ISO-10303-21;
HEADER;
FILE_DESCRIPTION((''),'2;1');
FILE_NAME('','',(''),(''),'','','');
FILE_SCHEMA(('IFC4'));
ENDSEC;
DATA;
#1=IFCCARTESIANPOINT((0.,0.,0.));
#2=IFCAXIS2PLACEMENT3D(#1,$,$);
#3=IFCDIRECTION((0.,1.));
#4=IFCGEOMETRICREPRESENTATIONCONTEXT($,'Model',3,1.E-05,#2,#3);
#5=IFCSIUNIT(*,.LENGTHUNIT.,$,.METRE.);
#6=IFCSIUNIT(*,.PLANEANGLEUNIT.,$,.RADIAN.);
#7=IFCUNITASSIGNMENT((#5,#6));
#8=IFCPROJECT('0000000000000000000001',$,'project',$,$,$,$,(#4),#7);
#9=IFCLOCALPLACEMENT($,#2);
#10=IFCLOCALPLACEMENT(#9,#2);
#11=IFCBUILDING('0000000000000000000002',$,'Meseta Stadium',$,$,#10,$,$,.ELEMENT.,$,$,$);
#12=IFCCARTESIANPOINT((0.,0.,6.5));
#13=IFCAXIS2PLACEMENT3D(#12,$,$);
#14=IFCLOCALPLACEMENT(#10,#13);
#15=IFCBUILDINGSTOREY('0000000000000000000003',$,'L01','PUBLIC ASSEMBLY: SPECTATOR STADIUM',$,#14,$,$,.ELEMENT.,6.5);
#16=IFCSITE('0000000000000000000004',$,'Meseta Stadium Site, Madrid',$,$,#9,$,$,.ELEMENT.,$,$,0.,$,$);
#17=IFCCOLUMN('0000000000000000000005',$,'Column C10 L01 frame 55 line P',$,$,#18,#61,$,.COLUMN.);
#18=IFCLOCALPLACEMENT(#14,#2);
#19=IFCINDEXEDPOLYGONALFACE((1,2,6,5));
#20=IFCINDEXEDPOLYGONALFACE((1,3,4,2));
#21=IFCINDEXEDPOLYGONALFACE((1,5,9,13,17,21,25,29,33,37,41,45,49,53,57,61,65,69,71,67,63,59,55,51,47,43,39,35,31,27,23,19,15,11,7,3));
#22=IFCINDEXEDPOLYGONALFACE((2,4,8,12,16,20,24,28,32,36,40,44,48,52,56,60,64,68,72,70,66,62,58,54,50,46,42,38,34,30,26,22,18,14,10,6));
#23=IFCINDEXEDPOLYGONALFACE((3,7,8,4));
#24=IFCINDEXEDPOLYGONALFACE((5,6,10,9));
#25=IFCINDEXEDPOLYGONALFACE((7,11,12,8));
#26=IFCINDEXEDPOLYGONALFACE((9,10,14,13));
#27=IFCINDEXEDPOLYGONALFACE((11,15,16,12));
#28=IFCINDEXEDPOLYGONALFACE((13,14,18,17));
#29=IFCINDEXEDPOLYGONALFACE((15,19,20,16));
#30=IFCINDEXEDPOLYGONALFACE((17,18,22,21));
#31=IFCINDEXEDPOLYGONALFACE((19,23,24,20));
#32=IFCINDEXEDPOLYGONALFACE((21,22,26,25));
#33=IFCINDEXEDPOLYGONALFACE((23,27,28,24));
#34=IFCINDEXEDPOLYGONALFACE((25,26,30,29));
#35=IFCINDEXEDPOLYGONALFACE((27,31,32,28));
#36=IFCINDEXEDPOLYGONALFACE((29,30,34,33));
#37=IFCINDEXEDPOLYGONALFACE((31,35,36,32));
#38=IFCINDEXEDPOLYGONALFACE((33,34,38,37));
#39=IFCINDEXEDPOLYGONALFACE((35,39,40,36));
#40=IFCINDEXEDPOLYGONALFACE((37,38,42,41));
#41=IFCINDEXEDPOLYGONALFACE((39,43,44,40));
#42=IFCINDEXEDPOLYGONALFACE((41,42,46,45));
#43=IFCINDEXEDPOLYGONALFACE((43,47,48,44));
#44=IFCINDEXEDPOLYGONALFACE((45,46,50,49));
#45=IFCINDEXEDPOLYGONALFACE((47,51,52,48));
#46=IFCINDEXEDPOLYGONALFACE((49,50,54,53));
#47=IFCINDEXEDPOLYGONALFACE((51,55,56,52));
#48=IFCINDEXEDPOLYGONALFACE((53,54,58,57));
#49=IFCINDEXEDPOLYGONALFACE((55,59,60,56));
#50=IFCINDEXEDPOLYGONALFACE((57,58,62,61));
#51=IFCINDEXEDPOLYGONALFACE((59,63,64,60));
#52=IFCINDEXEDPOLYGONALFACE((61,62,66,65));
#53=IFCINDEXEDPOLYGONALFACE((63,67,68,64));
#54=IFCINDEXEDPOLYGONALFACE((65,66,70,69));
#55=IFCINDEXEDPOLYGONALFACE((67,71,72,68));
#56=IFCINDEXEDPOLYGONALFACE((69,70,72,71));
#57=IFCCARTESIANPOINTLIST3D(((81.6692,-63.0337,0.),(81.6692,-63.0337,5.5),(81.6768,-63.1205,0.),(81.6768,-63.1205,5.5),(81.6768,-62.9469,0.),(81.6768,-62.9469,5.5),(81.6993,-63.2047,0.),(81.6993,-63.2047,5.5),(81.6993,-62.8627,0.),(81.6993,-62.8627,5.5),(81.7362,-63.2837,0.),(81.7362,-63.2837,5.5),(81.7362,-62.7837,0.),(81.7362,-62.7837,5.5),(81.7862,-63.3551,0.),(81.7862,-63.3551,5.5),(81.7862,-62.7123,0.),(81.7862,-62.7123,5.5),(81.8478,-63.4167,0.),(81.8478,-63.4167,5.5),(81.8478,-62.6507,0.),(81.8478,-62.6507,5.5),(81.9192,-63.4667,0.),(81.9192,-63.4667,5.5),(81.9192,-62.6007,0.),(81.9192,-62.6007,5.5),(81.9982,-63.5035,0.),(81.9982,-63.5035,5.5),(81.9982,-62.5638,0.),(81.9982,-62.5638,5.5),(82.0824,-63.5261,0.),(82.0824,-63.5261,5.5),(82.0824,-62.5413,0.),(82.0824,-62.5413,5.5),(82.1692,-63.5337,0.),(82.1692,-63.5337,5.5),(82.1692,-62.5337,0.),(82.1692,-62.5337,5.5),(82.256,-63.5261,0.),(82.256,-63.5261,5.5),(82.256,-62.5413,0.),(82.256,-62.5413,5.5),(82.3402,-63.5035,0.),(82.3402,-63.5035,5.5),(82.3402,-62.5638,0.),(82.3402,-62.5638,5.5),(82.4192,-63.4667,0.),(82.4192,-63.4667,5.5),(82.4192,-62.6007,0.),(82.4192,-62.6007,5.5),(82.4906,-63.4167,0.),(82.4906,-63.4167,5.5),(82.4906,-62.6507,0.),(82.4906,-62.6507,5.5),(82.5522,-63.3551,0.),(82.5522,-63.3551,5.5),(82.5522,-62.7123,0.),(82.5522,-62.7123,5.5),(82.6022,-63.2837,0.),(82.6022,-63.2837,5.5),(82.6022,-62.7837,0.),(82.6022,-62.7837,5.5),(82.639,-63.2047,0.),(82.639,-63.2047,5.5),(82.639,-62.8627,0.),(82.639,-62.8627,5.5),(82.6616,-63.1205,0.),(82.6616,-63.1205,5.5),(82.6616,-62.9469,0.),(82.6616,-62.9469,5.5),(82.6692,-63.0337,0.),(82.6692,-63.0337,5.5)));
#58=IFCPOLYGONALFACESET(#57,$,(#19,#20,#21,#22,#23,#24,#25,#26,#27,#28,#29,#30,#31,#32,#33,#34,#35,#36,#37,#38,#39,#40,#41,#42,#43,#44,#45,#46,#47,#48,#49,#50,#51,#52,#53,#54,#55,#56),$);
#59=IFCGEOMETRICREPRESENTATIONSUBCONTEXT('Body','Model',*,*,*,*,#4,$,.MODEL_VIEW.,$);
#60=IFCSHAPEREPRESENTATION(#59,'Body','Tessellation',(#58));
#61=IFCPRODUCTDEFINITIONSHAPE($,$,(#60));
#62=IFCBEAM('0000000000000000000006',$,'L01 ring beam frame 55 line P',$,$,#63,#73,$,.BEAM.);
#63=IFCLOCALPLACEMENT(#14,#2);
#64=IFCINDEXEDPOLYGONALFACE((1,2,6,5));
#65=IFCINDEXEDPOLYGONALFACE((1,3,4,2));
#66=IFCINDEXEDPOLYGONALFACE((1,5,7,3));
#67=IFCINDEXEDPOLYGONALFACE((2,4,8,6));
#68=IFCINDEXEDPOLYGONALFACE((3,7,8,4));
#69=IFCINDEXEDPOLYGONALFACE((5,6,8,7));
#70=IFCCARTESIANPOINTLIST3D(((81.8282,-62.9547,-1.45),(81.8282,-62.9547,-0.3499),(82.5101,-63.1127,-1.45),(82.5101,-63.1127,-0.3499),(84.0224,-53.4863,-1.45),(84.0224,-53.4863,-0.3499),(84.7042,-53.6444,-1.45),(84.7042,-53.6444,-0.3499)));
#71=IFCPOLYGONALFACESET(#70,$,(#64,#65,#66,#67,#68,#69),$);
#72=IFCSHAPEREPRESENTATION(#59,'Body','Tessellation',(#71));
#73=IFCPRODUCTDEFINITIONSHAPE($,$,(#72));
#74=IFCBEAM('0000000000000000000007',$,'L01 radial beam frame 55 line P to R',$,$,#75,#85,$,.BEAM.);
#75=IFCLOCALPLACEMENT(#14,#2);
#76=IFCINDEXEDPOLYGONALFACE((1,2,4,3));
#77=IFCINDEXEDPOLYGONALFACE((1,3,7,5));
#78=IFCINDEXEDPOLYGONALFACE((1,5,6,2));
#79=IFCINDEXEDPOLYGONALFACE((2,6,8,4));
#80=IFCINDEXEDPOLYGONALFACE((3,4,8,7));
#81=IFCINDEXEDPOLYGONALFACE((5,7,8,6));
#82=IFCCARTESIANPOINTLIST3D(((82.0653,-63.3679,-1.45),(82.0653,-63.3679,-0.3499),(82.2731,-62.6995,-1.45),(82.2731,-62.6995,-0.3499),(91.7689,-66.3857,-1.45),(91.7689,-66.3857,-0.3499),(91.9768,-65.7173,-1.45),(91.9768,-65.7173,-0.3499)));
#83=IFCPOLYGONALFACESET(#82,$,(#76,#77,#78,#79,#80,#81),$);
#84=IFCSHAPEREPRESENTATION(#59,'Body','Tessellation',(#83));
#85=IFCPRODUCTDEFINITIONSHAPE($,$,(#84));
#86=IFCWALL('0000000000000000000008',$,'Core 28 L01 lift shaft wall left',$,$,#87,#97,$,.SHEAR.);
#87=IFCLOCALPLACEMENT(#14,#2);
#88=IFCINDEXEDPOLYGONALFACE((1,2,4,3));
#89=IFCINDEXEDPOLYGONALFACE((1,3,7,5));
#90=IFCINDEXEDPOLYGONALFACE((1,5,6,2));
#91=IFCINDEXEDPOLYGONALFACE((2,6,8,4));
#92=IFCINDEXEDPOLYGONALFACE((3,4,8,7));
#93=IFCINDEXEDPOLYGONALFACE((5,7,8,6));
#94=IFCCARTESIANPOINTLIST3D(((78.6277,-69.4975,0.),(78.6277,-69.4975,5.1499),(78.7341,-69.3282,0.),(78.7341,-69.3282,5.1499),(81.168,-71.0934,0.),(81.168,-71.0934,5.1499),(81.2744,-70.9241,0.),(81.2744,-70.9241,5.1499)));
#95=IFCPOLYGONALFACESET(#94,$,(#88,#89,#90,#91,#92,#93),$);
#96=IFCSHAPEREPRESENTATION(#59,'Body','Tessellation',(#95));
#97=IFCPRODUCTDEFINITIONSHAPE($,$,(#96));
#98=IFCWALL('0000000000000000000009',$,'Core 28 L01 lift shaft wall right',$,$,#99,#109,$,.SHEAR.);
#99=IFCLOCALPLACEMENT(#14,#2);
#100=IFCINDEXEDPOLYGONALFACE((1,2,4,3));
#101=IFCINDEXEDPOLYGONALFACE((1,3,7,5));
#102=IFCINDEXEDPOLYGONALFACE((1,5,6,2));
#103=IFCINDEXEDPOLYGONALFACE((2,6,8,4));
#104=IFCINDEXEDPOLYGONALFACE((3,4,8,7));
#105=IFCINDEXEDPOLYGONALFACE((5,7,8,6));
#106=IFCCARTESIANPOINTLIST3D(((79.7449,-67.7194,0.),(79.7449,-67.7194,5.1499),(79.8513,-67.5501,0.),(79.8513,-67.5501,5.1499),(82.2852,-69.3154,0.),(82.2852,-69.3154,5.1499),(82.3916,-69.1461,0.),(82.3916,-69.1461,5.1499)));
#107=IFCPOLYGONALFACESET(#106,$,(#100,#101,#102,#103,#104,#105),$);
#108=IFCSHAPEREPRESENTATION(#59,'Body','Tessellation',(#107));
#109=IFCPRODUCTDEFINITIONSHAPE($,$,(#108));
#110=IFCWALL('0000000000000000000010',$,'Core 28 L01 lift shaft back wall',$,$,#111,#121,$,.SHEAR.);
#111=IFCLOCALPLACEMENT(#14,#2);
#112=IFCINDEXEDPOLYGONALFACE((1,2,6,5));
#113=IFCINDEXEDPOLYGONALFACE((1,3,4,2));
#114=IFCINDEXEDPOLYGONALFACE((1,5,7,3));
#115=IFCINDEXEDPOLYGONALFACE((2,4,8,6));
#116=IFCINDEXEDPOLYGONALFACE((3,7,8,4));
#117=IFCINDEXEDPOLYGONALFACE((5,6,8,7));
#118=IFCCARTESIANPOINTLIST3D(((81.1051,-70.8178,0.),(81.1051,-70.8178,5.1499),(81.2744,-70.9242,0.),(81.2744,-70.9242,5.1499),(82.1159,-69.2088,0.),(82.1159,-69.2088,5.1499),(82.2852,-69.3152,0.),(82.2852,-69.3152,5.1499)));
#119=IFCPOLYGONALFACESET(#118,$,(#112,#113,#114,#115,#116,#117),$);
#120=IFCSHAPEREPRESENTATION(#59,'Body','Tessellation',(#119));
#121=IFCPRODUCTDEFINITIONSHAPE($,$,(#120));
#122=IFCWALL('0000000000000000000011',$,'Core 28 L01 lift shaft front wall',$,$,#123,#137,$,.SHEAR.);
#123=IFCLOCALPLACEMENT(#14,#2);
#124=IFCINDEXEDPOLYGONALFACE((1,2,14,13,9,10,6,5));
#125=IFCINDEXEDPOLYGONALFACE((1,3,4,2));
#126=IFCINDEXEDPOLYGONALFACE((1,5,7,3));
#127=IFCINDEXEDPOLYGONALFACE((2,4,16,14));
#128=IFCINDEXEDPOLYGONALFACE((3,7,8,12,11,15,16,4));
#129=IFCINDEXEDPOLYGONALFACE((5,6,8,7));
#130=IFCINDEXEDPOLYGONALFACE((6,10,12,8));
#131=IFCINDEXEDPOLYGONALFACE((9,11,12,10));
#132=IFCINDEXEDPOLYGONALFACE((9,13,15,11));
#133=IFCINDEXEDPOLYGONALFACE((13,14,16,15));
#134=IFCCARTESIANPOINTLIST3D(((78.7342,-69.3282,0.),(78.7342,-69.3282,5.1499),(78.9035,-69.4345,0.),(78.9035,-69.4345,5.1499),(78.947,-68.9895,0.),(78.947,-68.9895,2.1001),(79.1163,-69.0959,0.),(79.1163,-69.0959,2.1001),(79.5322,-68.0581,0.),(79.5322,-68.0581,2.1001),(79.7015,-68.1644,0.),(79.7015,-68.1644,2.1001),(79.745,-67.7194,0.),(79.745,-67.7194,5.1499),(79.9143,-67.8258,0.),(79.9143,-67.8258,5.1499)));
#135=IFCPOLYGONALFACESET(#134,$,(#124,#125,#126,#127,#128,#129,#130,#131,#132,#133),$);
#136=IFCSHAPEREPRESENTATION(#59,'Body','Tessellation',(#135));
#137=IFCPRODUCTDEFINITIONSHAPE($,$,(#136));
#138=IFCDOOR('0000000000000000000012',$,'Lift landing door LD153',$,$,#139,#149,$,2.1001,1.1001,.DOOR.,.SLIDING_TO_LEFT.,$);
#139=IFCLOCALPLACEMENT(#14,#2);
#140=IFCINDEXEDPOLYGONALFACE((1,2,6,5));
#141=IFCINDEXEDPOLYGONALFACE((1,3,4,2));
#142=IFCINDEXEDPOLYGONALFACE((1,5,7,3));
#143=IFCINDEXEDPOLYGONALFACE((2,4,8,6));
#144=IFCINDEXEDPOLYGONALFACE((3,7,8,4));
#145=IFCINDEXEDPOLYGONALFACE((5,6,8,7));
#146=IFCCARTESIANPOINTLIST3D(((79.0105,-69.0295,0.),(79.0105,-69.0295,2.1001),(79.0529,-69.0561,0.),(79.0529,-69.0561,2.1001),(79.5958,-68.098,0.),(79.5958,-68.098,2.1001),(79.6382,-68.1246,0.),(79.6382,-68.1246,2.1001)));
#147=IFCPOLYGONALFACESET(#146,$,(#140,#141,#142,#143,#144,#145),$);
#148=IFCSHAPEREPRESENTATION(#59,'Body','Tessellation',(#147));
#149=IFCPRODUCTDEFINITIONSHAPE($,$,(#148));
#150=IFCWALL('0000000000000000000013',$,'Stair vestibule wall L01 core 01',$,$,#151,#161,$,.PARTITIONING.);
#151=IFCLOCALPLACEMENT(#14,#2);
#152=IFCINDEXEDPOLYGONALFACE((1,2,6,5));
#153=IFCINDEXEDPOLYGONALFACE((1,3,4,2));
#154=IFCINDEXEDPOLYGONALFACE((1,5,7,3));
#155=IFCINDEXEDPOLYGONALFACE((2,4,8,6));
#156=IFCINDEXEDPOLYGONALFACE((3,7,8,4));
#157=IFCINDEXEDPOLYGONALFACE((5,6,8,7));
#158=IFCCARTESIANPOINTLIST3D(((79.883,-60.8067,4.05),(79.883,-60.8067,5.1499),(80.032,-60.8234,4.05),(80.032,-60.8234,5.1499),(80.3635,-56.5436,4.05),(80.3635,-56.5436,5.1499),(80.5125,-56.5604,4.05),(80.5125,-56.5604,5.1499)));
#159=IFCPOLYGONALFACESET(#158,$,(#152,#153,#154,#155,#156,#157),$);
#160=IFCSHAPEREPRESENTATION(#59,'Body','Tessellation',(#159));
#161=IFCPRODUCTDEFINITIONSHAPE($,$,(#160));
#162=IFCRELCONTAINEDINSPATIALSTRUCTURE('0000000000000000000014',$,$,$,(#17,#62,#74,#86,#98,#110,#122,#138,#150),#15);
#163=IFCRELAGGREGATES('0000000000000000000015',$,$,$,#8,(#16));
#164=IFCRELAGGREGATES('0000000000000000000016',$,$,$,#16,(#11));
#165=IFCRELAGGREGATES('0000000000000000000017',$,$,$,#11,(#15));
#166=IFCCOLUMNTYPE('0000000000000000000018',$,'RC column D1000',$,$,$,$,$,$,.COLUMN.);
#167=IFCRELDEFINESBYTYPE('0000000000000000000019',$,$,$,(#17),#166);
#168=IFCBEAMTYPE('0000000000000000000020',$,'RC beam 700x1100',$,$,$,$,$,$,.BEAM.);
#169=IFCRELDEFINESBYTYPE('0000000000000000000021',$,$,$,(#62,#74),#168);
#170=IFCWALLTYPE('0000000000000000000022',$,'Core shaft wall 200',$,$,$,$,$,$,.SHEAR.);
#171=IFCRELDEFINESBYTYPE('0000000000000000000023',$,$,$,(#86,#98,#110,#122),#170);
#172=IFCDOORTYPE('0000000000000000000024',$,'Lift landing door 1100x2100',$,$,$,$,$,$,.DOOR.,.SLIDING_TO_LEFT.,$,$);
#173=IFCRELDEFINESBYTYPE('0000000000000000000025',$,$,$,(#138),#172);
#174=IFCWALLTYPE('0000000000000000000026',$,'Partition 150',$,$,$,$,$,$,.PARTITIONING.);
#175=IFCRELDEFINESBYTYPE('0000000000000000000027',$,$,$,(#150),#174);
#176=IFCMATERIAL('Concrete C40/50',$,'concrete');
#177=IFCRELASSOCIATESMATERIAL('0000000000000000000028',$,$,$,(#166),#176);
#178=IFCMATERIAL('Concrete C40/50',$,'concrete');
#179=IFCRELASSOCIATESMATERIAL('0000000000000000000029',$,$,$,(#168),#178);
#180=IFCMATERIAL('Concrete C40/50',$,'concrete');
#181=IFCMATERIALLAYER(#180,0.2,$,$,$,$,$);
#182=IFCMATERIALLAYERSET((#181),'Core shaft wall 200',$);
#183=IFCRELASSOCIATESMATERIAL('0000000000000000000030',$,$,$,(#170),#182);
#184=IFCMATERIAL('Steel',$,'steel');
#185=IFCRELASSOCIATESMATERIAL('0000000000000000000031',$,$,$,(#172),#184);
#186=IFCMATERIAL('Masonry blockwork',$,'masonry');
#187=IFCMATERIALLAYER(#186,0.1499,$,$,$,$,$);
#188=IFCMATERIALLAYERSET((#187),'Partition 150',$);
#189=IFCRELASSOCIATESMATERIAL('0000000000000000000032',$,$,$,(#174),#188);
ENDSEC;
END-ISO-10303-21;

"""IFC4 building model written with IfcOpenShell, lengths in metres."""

from ifc_helpers import new_model, si_unit, direction, frame, frame_2d, origin, origin_2d, place, context, subcontext, project, spatial, rectangle, circle, extrude, material, layer, layer_set, material_profile, profile_set, type_object, element, fill, save


model = new_model("IFC4")

# Units and contexts
model_context = context("Model", 3, precision=1e-05, world=origin(), true_north=direction((0.0, 1.0)))
body_context = subcontext(model_context, "Body", "Model", "MODEL_VIEW")
ifc_project = project(units=[si_unit("LENGTHUNIT", "METRE"), si_unit("PLANEANGLEUNIT", "RADIAN")], contexts=[model_context])

# Site, building, storey
site_placement = place(None, origin())
site = spatial("IfcSite", under=ifc_project, at=site_placement, Name="Meseta Stadium Site, Madrid", CompositionType="ELEMENT", RefElevation=0.0)
building_placement = place(site_placement, origin())
building = spatial("IfcBuilding", under=site, at=building_placement, Name="Meseta Stadium", CompositionType="ELEMENT")
storey_placement = place(building_placement, frame((0.0, 0.0, 6.5)))
storey = spatial("IfcBuildingStorey", under=building, at=storey_placement, Name="L01", Description="PUBLIC ASSEMBLY: SPECTATOR STADIUM", CompositionType="ELEMENT", Elevation=6.5)

# Column
ifc_material_1 = material(Name="Concrete C40/50", Category="concrete")
ifc_material_profile_1 = material_profile(ifc_material_1, circle(Radius=0.5, at=origin_2d()), Name="RC D1000")
ifc_profile_set_1 = profile_set([ifc_material_profile_1], Name="Concrete C40/50")
column_type = type_object("IfcColumnType", Name="RC column D1000", PredefinedType="COLUMN", material=ifc_profile_set_1)
column_placement = place(storey_placement, frame((82.1692, -63.0337, 0.0), z_axis=(0.0, 0.0, 1.0), x_axis=(1.0, 0.0, 0.0)))
element("IfcColumn", 1, at=column_placement, inside=storey, type_object=column_type, Name="Column C10 L01 frame 55 line P", PredefinedType="COLUMN", context=body_context, shape_type="SweptSolid", body=[
    extrude(circle(Radius=0.5, at=origin_2d()), origin(), (0.0, 0.0, 1.0), 5.5),
])

# Beams
ifc_material_2 = material(Name="Concrete C40/50", Category="concrete")
ifc_material_profile_2 = material_profile(ifc_material_2, rectangle(XDim=0.7, YDim=1.1001, at=origin_2d()), Name="RC 700x1100")
ifc_profile_set_2 = profile_set([ifc_material_profile_2], Name="Concrete C40/50")
beam_type = type_object("IfcBeamType", Name="RC beam 700x1100", PredefinedType="BEAM", material=ifc_profile_set_2)
beam_1_placement = place(storey_placement, frame((82.1692, -63.0337, -0.8999), z_axis=(0.225749, 0.974185, 0.0), x_axis=(-0.974185, 0.225749, 0.0)))
element("IfcBeam", 2, at=beam_1_placement, inside=storey, type_object=beam_type, Name="L01 ring beam frame 55 line P", PredefinedType="BEAM", context=body_context, shape_type="SweptSolid", body=[
    extrude(rectangle(XDim=0.7, YDim=1.1001, at=origin_2d()), origin(), (0.0, 0.0, 1.0), 9.7192),
])
beam_2_placement = place(storey_placement, frame((82.1692, -63.0337, -0.8999), z_axis=(0.954887, -0.29697, 0.0), x_axis=(0.29697, 0.954887, 0.0)))
element("IfcBeam", 3, at=beam_2_placement, inside=storey, type_object=beam_type, Name="L01 radial beam frame 55 line P to R", PredefinedType="BEAM", context=body_context, shape_type="SweptSolid", body=[
    extrude(rectangle(XDim=0.7, YDim=1.1001, at=origin_2d()), origin(), (0.0, 0.0, 1.0), 10.1621),
])

# Walls
ifc_material_3 = material(Name="Concrete C40/50", Category="concrete")
ifc_layer_1 = layer(ifc_material_3, 0.2)
ifc_layer_set_1 = layer_set([ifc_layer_1], Name="Core shaft wall 200")
wall_type_1 = type_object("IfcWallType", Name="Core shaft wall 200", PredefinedType="SHEAR", material=ifc_layer_set_1)
for number, where, z_axis, x_axis, name in (
    (4, (81.2212, -71.0088, 0.0), (0.0, 0.0, 1.0), (-0.846757, 0.53198, 0.0), "Core 28 L01 lift shaft wall left"),
    (5, (82.3384, -69.2307, 0.0), (0.0, 0.0, 1.0), (-0.846757, 0.53198, 0.0), "Core 28 L01 lift shaft wall right"),
):
    element("IfcWall", number, at=place(storey_placement, frame(where, z_axis=z_axis, x_axis=x_axis)), inside=storey, type_object=wall_type_1, Name=name, PredefinedType="SHEAR", context=body_context, shape_type="SweptSolid", body=[
        extrude(rectangle(XDim=3.0, YDim=0.2, at=frame_2d((1.5, 0.0))), origin(), (0.0, 0.0, 1.0), 5.1499),
    ])
wall_1_placement = place(storey_placement, frame((81.1897, -70.8711, 0.0), z_axis=(0.0, 0.0, 1.0), x_axis=(0.531961, 0.846769, 0.0)))
element("IfcWall", 6, at=wall_1_placement, inside=storey, type_object=wall_type_1, Name="Core 28 L01 lift shaft back wall", PredefinedType="SHEAR", context=body_context, shape_type="SweptSolid", body=[
    extrude(rectangle(XDim=1.9001, YDim=0.2, at=frame_2d((0.9502, 0.0))), origin(), (0.0, 0.0, 1.0), 5.1499),
])

# Wall, opening, door
wall_2_placement = place(storey_placement, frame((78.8188, -69.3813, 0.0), z_axis=(0.0, 0.0, 1.0), x_axis=(0.532019, 0.846732, 0.0)))
wall_2 = element("IfcWall", 7, at=wall_2_placement, inside=storey, type_object=wall_type_1, Name="Core 28 L01 lift shaft front wall", PredefinedType="SHEAR", context=body_context, shape_type="SweptSolid", body=[
    extrude(rectangle(XDim=1.8999, YDim=0.2, at=frame_2d((0.95, 0.0))), origin(), (0.0, 0.0, 1.0), 5.1499),
])
opening_1_placement = place(wall_2_placement, frame((0.3999, 0.0, 0.0)))
opening_1 = element("IfcOpeningElement", 8, at=opening_1_placement, cuts=wall_2, PredefinedType="OPENING", context=body_context, shape_type="SweptSolid", body=[
    extrude(rectangle(XDim=1.1001, YDim=2.1001, at=frame_2d((0.55, 1.05))), frame((0.0, 0.1099, 0.0), z_axis=(0.0, -1.0, 0.0), x_axis=(1.0, 0.0, 0.0)), (0.0, 0.0, 1.0), 0.22),
])
ifc_material_4 = material(Name="Steel", Category="steel")
door_type_1 = type_object("IfcDoorType", Name="Lift landing door 1100x2100", OperationType="SLIDING_TO_LEFT", PredefinedType="DOOR", material=ifc_material_4)
door_1_placement = place(opening_1_placement, origin())
door_1 = element("IfcDoor", 9, at=door_1_placement, inside=storey, type_object=door_type_1, Name="Lift landing door LD153", OperationType="SLIDING_TO_LEFT", OverallHeight=2.1001, OverallWidth=1.1001, PredefinedType="DOOR", context=body_context, shape_type="SweptSolid", body=[
    extrude(rectangle(XDim=1.1001, YDim=2.1001, at=frame_2d((0.55, 1.05))), frame((0.0, 0.0249, 0.0), z_axis=(0.0, -1.0, 0.0), x_axis=(1.0, 0.0, 0.0)), (0.0, 0.0, 1.0), 0.05),
])
fill(opening_1, door_1)

# Wall
ifc_material_5 = material(Name="Masonry blockwork", Category="masonry")
ifc_layer_2 = layer(ifc_material_5, 0.1499)
ifc_layer_set_2 = layer_set([ifc_layer_2], Name="Partition 150")
wall_type_2 = type_object("IfcWallType", Name="Partition 150", PredefinedType="PARTITIONING", material=ifc_layer_set_2)
wall_3_placement = place(storey_placement, frame((80.438, -56.552, 4.05), z_axis=(0.0, 0.0, 1.0), x_axis=(-0.111999, -0.993708, 0.0)))
element("IfcWall", 10, at=wall_3_placement, inside=storey, type_object=wall_type_2, Name="Stair vestibule wall L01 core 01", PredefinedType="PARTITIONING", context=body_context, shape_type="SweptSolid", body=[
    extrude(rectangle(XDim=4.29, YDim=0.1499, at=frame_2d((2.145, 0.0))), origin(), (0.0, 0.0, 1.0), 1.0999),
])

save(model, "model.ifc")
